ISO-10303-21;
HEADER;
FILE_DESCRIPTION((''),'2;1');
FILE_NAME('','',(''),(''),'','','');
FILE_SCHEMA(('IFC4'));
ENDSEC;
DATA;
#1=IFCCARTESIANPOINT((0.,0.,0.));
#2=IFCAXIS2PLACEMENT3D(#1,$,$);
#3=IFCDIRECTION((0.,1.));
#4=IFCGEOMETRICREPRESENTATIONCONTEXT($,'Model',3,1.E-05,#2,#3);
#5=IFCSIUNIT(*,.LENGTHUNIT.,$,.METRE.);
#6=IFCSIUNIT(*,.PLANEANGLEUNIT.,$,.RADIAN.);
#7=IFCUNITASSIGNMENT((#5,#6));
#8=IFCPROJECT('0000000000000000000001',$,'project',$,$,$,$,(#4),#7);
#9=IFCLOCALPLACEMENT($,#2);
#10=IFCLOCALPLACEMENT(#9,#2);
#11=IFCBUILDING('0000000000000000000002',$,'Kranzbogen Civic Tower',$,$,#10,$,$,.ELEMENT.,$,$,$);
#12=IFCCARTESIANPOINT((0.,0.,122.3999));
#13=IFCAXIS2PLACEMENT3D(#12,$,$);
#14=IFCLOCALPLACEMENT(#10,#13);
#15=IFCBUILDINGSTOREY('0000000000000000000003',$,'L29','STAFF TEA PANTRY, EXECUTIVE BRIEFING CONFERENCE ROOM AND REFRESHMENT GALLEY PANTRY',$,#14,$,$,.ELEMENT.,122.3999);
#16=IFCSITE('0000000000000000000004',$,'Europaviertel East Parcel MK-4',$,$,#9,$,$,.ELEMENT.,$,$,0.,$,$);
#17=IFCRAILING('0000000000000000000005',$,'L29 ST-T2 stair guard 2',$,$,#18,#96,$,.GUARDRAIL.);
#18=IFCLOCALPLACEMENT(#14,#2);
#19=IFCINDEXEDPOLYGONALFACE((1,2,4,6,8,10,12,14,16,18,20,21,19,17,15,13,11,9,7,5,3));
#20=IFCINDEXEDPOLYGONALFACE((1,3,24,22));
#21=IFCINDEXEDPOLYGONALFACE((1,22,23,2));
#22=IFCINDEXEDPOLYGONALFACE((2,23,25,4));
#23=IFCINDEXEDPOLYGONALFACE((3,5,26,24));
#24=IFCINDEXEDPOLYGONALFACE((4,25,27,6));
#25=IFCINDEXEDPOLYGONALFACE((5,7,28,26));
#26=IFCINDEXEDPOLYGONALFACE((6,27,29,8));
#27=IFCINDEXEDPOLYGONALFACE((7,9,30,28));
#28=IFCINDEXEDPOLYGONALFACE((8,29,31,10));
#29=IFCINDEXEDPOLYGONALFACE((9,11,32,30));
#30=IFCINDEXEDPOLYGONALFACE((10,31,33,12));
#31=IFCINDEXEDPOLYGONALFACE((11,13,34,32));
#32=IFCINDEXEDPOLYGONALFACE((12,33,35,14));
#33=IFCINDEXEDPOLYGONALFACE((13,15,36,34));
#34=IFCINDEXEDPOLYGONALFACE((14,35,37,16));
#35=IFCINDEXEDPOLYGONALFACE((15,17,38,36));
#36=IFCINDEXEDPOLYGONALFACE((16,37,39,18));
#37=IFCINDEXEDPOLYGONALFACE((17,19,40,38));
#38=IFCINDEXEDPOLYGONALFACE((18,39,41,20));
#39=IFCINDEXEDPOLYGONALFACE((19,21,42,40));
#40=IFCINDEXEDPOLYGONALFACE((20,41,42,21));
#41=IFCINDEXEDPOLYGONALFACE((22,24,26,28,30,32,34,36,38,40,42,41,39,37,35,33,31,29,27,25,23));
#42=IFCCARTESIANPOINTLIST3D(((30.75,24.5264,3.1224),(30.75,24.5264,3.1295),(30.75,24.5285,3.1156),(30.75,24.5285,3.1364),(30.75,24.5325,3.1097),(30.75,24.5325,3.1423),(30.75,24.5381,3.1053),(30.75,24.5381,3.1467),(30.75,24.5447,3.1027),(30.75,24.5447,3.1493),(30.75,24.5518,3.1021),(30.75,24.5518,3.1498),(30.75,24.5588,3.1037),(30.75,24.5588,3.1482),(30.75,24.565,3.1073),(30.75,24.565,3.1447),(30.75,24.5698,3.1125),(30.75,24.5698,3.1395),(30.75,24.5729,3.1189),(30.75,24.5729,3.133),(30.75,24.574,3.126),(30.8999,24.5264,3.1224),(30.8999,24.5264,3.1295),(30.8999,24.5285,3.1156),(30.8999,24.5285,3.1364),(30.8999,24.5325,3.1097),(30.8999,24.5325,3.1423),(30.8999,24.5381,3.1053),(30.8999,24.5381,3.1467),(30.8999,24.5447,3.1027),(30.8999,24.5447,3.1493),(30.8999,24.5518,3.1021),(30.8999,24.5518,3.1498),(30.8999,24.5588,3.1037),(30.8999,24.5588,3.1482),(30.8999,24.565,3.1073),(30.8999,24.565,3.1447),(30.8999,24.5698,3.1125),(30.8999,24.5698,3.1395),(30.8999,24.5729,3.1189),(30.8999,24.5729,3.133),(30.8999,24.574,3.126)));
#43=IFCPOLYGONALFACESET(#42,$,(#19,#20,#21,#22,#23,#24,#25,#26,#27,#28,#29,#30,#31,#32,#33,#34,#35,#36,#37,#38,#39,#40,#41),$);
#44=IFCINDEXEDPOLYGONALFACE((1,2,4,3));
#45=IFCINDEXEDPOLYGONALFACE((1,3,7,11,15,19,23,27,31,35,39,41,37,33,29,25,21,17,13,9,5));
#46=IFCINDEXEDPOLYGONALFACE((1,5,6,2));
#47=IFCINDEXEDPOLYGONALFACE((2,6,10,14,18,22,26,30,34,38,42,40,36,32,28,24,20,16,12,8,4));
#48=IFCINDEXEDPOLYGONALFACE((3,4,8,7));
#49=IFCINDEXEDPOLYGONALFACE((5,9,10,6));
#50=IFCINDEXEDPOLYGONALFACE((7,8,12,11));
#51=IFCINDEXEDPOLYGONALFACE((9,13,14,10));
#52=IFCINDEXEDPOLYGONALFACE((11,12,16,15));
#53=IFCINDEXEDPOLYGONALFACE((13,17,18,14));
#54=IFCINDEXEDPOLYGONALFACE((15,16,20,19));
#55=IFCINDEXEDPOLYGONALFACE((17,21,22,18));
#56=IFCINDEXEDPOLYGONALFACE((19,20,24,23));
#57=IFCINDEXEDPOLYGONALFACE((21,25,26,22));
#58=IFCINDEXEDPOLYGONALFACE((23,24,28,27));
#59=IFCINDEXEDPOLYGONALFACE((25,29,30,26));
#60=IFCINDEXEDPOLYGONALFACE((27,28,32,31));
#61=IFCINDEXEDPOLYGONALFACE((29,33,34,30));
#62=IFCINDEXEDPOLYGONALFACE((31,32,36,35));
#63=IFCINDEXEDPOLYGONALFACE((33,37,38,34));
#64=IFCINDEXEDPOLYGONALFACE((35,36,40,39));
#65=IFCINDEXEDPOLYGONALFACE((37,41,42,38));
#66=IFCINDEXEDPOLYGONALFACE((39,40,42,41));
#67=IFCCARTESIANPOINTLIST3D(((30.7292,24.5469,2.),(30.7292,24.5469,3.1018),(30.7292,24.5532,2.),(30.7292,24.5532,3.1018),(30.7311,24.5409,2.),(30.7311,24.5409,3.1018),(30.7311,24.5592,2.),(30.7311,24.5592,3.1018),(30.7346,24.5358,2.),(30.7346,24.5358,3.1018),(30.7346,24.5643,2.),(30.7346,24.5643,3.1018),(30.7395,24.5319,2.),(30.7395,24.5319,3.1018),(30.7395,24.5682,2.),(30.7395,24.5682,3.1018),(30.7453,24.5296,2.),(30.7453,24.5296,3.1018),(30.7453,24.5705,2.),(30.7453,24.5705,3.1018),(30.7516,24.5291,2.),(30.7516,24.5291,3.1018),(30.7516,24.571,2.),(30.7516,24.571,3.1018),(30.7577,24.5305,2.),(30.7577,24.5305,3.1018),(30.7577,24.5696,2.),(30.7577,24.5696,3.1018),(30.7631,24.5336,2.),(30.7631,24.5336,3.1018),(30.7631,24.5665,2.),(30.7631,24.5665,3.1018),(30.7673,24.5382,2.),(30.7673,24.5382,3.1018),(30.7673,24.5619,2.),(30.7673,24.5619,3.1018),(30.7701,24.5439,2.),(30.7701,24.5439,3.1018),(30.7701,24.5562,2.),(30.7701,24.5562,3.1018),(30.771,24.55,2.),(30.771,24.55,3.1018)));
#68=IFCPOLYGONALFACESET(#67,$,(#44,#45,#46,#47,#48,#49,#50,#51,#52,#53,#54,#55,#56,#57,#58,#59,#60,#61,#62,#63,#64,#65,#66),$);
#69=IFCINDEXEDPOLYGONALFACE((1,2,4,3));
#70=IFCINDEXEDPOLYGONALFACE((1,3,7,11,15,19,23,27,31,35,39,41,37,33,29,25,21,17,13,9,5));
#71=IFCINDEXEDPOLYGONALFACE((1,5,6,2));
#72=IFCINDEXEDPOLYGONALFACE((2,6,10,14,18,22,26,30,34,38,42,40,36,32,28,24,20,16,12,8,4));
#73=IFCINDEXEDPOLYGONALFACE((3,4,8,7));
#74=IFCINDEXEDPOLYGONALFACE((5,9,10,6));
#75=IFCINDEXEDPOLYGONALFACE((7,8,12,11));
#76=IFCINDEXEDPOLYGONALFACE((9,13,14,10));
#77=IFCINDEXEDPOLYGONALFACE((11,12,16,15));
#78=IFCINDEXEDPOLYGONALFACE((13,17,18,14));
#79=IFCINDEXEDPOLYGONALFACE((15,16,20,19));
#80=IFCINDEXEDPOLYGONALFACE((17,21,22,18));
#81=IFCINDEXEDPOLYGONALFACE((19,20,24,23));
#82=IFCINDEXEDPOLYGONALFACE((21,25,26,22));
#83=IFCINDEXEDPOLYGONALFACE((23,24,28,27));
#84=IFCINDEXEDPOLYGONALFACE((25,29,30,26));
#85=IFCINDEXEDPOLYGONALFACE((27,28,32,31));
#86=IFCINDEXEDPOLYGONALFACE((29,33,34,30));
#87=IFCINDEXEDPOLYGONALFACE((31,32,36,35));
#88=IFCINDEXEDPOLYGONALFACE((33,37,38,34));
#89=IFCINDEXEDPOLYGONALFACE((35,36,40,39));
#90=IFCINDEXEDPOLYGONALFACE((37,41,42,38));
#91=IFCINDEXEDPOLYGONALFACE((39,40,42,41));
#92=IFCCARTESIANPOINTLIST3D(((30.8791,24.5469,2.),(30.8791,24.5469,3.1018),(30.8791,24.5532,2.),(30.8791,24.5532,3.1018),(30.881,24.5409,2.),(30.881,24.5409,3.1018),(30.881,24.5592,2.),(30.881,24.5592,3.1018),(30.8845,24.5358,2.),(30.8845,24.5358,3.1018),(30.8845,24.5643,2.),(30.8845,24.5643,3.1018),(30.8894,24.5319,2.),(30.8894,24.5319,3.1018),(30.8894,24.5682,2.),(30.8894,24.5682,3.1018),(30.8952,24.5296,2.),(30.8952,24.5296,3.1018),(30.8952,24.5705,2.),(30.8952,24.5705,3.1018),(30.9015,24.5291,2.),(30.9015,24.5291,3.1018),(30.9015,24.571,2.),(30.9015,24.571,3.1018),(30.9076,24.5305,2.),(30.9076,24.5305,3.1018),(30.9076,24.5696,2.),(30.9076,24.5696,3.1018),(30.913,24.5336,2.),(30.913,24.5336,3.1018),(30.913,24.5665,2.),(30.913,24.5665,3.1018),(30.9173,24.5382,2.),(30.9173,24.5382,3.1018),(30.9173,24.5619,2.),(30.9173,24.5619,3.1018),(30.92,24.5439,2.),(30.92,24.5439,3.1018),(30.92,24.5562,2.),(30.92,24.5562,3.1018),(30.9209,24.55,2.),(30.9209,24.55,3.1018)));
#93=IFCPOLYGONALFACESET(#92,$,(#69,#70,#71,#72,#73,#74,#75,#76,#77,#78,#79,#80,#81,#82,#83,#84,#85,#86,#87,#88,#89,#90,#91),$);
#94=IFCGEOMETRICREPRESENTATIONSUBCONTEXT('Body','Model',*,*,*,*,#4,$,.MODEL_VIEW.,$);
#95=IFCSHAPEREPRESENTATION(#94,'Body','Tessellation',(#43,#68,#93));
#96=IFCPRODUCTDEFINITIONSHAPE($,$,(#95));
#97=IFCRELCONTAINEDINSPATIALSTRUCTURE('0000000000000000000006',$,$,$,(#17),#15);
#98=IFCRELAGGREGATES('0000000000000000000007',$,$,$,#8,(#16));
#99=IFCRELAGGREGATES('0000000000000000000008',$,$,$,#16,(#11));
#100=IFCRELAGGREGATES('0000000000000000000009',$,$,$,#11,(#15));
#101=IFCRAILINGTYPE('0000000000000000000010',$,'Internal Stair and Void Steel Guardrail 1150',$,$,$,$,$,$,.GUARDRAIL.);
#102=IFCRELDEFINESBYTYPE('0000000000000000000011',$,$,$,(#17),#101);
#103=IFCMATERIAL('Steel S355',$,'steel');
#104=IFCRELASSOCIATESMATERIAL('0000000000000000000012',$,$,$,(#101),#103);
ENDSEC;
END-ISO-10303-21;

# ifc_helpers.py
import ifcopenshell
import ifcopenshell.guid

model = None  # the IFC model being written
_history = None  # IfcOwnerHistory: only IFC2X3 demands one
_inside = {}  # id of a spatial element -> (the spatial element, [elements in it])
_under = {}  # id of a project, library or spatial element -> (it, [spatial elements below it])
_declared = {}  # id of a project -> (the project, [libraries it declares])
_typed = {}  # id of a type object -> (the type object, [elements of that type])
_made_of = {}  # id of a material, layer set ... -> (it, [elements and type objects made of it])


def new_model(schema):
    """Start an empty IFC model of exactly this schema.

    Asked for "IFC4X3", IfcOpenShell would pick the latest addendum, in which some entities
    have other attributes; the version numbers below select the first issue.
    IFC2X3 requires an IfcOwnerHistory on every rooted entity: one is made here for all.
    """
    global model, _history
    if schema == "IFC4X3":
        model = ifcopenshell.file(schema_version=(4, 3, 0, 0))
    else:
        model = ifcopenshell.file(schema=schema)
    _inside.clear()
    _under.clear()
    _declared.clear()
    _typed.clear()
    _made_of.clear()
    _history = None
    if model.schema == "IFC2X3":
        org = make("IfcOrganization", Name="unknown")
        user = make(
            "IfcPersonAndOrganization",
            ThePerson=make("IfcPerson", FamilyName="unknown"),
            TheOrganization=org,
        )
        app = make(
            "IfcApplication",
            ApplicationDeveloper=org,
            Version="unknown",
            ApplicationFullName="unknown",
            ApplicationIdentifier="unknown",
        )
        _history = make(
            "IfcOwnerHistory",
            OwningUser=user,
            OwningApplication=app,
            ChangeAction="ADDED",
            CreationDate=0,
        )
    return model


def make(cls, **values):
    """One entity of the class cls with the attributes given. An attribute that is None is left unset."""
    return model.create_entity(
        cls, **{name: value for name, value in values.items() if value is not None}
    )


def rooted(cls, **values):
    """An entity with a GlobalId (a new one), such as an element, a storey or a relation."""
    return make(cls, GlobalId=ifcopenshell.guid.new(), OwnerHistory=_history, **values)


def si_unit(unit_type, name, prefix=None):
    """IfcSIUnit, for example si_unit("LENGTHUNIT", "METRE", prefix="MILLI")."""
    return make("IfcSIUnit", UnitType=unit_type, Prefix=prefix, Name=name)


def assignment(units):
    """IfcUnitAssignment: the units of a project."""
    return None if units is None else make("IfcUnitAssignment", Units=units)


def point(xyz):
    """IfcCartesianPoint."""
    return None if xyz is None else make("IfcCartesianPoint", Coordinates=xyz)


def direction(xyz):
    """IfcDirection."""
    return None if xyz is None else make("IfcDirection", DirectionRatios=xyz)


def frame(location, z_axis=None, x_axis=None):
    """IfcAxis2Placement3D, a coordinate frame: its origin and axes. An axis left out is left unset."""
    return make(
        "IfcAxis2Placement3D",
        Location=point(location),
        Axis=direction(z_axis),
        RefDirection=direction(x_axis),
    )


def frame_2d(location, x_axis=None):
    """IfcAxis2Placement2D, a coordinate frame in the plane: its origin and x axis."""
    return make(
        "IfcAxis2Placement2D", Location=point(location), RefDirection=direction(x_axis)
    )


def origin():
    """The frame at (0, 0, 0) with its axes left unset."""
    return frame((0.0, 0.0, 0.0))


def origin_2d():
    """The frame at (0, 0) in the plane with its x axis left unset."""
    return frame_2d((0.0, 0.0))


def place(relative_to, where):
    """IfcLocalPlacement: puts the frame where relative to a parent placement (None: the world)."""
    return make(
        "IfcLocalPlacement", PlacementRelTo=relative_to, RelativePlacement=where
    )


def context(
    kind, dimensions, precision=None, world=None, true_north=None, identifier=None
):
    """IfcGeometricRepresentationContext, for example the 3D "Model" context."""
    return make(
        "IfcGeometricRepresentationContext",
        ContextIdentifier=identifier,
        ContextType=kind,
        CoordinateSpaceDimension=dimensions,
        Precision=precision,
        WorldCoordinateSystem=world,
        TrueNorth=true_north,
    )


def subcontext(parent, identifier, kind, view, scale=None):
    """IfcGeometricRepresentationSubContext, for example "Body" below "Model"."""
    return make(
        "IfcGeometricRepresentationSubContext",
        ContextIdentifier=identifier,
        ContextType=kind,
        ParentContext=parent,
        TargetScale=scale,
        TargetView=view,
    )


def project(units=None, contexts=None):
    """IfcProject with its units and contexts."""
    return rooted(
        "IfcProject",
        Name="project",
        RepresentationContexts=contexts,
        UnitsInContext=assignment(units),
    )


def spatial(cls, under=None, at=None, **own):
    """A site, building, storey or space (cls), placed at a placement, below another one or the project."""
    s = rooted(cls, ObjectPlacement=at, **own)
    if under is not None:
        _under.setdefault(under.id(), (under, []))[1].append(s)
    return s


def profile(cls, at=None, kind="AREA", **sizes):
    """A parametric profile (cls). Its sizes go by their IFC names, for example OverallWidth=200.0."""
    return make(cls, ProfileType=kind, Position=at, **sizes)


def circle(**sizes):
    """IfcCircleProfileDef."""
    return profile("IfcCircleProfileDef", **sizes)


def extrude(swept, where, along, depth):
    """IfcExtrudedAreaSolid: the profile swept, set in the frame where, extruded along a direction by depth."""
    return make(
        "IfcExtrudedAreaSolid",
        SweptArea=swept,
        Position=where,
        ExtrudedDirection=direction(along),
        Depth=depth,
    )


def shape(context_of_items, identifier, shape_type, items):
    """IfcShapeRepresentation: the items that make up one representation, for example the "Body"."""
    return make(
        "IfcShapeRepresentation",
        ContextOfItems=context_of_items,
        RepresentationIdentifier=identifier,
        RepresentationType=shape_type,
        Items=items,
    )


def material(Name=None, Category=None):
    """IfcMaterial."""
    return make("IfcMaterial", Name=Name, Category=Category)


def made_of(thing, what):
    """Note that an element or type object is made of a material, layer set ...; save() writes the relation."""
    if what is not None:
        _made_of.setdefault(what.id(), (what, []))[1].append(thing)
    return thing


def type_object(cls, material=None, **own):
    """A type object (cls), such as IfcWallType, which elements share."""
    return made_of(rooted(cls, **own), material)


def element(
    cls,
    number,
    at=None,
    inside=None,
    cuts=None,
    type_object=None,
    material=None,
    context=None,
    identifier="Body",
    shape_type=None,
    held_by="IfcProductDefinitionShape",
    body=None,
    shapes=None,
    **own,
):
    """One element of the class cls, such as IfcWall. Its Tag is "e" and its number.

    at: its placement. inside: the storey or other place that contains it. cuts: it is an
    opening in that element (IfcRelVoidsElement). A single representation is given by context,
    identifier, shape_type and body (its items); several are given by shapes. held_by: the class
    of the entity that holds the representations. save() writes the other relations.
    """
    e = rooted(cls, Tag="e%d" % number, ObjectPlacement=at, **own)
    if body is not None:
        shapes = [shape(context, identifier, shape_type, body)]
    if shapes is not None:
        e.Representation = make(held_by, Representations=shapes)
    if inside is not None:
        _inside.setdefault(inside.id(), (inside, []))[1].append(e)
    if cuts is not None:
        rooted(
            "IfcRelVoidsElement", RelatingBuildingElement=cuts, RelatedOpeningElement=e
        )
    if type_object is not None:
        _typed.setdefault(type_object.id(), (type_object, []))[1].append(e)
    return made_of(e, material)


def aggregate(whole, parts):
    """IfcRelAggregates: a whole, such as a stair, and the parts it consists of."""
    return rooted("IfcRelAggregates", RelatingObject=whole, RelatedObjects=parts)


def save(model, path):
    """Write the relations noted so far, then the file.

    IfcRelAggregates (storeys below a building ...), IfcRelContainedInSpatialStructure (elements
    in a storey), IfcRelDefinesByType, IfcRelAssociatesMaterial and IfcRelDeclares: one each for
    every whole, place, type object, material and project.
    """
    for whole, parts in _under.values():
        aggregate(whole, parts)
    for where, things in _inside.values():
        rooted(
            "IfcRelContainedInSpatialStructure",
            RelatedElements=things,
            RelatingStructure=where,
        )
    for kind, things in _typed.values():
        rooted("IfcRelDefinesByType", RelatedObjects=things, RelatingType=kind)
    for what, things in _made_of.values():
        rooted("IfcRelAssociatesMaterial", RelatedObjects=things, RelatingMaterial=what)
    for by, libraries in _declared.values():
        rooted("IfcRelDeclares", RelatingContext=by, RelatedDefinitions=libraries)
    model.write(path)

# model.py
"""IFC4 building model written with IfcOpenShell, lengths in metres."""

from ifc_helpers import new_model, si_unit, direction, frame, origin, origin_2d, place, context, subcontext, project, spatial, circle, extrude, material, type_object, element, save


model = new_model("IFC4")

# Units and contexts
model_context = context("Model", 3, precision=1e-05, world=origin(), true_north=direction((0.0, 1.0)))
body_context = subcontext(model_context, "Body", "Model", "MODEL_VIEW")
ifc_project = project(units=[si_unit("LENGTHUNIT", "METRE"), si_unit("PLANEANGLEUNIT", "RADIAN")], contexts=[model_context])

# Site, building, storey
site_placement = place(None, origin())
site = spatial("IfcSite", under=ifc_project, at=site_placement, Name="Europaviertel East Parcel MK-4", CompositionType="ELEMENT", RefElevation=0.0)
building_placement = place(site_placement, origin())
building = spatial("IfcBuilding", under=site, at=building_placement, Name="Kranzbogen Civic Tower", CompositionType="ELEMENT")
storey_placement = place(building_placement, frame((0.0, 0.0, 122.3999)))
storey = spatial("IfcBuildingStorey", under=building, at=storey_placement, Name="L29", Description="STAFF TEA PANTRY, EXECUTIVE BRIEFING CONFERENCE ROOM AND REFRESHMENT GALLEY PANTRY", CompositionType="ELEMENT", Elevation=122.3999)

# Shared definitions
ifc_material_1 = material(Name="Steel S355", Category="steel")

# Railing
railing_type = type_object("IfcRailingType", Name="Internal Stair and Void Steel Guardrail 1150", PredefinedType="GUARDRAIL", material=ifc_material_1)
railing_1_placement = place(storey_placement, frame((30.75, 24.55, 2.0)))
element("IfcRailing", 1, at=railing_1_placement, inside=storey, type_object=railing_type, Name="L29 ST-T2 stair guard 2", PredefinedType="GUARDRAIL", context=body_context, shape_type="SweptSolid", body=[
    extrude(circle(Radius=0.0239, at=origin_2d()), frame((0.0, 0.0, 1.126), z_axis=(1.0, 0.0, 0.0), x_axis=(0.0, 1.0, 0.0)), (0.0, 0.0, 1.0), 0.1499),
    extrude(circle(Radius=0.021, at=origin_2d()), origin(), (0.0, 0.0, 1.0), 1.1018),
    extrude(circle(Radius=0.021, at=origin_2d()), frame((0.1499, 0.0, 0.0)), (0.0, 0.0, 1.0), 1.1018),
])

save(model, "model.ifc")
